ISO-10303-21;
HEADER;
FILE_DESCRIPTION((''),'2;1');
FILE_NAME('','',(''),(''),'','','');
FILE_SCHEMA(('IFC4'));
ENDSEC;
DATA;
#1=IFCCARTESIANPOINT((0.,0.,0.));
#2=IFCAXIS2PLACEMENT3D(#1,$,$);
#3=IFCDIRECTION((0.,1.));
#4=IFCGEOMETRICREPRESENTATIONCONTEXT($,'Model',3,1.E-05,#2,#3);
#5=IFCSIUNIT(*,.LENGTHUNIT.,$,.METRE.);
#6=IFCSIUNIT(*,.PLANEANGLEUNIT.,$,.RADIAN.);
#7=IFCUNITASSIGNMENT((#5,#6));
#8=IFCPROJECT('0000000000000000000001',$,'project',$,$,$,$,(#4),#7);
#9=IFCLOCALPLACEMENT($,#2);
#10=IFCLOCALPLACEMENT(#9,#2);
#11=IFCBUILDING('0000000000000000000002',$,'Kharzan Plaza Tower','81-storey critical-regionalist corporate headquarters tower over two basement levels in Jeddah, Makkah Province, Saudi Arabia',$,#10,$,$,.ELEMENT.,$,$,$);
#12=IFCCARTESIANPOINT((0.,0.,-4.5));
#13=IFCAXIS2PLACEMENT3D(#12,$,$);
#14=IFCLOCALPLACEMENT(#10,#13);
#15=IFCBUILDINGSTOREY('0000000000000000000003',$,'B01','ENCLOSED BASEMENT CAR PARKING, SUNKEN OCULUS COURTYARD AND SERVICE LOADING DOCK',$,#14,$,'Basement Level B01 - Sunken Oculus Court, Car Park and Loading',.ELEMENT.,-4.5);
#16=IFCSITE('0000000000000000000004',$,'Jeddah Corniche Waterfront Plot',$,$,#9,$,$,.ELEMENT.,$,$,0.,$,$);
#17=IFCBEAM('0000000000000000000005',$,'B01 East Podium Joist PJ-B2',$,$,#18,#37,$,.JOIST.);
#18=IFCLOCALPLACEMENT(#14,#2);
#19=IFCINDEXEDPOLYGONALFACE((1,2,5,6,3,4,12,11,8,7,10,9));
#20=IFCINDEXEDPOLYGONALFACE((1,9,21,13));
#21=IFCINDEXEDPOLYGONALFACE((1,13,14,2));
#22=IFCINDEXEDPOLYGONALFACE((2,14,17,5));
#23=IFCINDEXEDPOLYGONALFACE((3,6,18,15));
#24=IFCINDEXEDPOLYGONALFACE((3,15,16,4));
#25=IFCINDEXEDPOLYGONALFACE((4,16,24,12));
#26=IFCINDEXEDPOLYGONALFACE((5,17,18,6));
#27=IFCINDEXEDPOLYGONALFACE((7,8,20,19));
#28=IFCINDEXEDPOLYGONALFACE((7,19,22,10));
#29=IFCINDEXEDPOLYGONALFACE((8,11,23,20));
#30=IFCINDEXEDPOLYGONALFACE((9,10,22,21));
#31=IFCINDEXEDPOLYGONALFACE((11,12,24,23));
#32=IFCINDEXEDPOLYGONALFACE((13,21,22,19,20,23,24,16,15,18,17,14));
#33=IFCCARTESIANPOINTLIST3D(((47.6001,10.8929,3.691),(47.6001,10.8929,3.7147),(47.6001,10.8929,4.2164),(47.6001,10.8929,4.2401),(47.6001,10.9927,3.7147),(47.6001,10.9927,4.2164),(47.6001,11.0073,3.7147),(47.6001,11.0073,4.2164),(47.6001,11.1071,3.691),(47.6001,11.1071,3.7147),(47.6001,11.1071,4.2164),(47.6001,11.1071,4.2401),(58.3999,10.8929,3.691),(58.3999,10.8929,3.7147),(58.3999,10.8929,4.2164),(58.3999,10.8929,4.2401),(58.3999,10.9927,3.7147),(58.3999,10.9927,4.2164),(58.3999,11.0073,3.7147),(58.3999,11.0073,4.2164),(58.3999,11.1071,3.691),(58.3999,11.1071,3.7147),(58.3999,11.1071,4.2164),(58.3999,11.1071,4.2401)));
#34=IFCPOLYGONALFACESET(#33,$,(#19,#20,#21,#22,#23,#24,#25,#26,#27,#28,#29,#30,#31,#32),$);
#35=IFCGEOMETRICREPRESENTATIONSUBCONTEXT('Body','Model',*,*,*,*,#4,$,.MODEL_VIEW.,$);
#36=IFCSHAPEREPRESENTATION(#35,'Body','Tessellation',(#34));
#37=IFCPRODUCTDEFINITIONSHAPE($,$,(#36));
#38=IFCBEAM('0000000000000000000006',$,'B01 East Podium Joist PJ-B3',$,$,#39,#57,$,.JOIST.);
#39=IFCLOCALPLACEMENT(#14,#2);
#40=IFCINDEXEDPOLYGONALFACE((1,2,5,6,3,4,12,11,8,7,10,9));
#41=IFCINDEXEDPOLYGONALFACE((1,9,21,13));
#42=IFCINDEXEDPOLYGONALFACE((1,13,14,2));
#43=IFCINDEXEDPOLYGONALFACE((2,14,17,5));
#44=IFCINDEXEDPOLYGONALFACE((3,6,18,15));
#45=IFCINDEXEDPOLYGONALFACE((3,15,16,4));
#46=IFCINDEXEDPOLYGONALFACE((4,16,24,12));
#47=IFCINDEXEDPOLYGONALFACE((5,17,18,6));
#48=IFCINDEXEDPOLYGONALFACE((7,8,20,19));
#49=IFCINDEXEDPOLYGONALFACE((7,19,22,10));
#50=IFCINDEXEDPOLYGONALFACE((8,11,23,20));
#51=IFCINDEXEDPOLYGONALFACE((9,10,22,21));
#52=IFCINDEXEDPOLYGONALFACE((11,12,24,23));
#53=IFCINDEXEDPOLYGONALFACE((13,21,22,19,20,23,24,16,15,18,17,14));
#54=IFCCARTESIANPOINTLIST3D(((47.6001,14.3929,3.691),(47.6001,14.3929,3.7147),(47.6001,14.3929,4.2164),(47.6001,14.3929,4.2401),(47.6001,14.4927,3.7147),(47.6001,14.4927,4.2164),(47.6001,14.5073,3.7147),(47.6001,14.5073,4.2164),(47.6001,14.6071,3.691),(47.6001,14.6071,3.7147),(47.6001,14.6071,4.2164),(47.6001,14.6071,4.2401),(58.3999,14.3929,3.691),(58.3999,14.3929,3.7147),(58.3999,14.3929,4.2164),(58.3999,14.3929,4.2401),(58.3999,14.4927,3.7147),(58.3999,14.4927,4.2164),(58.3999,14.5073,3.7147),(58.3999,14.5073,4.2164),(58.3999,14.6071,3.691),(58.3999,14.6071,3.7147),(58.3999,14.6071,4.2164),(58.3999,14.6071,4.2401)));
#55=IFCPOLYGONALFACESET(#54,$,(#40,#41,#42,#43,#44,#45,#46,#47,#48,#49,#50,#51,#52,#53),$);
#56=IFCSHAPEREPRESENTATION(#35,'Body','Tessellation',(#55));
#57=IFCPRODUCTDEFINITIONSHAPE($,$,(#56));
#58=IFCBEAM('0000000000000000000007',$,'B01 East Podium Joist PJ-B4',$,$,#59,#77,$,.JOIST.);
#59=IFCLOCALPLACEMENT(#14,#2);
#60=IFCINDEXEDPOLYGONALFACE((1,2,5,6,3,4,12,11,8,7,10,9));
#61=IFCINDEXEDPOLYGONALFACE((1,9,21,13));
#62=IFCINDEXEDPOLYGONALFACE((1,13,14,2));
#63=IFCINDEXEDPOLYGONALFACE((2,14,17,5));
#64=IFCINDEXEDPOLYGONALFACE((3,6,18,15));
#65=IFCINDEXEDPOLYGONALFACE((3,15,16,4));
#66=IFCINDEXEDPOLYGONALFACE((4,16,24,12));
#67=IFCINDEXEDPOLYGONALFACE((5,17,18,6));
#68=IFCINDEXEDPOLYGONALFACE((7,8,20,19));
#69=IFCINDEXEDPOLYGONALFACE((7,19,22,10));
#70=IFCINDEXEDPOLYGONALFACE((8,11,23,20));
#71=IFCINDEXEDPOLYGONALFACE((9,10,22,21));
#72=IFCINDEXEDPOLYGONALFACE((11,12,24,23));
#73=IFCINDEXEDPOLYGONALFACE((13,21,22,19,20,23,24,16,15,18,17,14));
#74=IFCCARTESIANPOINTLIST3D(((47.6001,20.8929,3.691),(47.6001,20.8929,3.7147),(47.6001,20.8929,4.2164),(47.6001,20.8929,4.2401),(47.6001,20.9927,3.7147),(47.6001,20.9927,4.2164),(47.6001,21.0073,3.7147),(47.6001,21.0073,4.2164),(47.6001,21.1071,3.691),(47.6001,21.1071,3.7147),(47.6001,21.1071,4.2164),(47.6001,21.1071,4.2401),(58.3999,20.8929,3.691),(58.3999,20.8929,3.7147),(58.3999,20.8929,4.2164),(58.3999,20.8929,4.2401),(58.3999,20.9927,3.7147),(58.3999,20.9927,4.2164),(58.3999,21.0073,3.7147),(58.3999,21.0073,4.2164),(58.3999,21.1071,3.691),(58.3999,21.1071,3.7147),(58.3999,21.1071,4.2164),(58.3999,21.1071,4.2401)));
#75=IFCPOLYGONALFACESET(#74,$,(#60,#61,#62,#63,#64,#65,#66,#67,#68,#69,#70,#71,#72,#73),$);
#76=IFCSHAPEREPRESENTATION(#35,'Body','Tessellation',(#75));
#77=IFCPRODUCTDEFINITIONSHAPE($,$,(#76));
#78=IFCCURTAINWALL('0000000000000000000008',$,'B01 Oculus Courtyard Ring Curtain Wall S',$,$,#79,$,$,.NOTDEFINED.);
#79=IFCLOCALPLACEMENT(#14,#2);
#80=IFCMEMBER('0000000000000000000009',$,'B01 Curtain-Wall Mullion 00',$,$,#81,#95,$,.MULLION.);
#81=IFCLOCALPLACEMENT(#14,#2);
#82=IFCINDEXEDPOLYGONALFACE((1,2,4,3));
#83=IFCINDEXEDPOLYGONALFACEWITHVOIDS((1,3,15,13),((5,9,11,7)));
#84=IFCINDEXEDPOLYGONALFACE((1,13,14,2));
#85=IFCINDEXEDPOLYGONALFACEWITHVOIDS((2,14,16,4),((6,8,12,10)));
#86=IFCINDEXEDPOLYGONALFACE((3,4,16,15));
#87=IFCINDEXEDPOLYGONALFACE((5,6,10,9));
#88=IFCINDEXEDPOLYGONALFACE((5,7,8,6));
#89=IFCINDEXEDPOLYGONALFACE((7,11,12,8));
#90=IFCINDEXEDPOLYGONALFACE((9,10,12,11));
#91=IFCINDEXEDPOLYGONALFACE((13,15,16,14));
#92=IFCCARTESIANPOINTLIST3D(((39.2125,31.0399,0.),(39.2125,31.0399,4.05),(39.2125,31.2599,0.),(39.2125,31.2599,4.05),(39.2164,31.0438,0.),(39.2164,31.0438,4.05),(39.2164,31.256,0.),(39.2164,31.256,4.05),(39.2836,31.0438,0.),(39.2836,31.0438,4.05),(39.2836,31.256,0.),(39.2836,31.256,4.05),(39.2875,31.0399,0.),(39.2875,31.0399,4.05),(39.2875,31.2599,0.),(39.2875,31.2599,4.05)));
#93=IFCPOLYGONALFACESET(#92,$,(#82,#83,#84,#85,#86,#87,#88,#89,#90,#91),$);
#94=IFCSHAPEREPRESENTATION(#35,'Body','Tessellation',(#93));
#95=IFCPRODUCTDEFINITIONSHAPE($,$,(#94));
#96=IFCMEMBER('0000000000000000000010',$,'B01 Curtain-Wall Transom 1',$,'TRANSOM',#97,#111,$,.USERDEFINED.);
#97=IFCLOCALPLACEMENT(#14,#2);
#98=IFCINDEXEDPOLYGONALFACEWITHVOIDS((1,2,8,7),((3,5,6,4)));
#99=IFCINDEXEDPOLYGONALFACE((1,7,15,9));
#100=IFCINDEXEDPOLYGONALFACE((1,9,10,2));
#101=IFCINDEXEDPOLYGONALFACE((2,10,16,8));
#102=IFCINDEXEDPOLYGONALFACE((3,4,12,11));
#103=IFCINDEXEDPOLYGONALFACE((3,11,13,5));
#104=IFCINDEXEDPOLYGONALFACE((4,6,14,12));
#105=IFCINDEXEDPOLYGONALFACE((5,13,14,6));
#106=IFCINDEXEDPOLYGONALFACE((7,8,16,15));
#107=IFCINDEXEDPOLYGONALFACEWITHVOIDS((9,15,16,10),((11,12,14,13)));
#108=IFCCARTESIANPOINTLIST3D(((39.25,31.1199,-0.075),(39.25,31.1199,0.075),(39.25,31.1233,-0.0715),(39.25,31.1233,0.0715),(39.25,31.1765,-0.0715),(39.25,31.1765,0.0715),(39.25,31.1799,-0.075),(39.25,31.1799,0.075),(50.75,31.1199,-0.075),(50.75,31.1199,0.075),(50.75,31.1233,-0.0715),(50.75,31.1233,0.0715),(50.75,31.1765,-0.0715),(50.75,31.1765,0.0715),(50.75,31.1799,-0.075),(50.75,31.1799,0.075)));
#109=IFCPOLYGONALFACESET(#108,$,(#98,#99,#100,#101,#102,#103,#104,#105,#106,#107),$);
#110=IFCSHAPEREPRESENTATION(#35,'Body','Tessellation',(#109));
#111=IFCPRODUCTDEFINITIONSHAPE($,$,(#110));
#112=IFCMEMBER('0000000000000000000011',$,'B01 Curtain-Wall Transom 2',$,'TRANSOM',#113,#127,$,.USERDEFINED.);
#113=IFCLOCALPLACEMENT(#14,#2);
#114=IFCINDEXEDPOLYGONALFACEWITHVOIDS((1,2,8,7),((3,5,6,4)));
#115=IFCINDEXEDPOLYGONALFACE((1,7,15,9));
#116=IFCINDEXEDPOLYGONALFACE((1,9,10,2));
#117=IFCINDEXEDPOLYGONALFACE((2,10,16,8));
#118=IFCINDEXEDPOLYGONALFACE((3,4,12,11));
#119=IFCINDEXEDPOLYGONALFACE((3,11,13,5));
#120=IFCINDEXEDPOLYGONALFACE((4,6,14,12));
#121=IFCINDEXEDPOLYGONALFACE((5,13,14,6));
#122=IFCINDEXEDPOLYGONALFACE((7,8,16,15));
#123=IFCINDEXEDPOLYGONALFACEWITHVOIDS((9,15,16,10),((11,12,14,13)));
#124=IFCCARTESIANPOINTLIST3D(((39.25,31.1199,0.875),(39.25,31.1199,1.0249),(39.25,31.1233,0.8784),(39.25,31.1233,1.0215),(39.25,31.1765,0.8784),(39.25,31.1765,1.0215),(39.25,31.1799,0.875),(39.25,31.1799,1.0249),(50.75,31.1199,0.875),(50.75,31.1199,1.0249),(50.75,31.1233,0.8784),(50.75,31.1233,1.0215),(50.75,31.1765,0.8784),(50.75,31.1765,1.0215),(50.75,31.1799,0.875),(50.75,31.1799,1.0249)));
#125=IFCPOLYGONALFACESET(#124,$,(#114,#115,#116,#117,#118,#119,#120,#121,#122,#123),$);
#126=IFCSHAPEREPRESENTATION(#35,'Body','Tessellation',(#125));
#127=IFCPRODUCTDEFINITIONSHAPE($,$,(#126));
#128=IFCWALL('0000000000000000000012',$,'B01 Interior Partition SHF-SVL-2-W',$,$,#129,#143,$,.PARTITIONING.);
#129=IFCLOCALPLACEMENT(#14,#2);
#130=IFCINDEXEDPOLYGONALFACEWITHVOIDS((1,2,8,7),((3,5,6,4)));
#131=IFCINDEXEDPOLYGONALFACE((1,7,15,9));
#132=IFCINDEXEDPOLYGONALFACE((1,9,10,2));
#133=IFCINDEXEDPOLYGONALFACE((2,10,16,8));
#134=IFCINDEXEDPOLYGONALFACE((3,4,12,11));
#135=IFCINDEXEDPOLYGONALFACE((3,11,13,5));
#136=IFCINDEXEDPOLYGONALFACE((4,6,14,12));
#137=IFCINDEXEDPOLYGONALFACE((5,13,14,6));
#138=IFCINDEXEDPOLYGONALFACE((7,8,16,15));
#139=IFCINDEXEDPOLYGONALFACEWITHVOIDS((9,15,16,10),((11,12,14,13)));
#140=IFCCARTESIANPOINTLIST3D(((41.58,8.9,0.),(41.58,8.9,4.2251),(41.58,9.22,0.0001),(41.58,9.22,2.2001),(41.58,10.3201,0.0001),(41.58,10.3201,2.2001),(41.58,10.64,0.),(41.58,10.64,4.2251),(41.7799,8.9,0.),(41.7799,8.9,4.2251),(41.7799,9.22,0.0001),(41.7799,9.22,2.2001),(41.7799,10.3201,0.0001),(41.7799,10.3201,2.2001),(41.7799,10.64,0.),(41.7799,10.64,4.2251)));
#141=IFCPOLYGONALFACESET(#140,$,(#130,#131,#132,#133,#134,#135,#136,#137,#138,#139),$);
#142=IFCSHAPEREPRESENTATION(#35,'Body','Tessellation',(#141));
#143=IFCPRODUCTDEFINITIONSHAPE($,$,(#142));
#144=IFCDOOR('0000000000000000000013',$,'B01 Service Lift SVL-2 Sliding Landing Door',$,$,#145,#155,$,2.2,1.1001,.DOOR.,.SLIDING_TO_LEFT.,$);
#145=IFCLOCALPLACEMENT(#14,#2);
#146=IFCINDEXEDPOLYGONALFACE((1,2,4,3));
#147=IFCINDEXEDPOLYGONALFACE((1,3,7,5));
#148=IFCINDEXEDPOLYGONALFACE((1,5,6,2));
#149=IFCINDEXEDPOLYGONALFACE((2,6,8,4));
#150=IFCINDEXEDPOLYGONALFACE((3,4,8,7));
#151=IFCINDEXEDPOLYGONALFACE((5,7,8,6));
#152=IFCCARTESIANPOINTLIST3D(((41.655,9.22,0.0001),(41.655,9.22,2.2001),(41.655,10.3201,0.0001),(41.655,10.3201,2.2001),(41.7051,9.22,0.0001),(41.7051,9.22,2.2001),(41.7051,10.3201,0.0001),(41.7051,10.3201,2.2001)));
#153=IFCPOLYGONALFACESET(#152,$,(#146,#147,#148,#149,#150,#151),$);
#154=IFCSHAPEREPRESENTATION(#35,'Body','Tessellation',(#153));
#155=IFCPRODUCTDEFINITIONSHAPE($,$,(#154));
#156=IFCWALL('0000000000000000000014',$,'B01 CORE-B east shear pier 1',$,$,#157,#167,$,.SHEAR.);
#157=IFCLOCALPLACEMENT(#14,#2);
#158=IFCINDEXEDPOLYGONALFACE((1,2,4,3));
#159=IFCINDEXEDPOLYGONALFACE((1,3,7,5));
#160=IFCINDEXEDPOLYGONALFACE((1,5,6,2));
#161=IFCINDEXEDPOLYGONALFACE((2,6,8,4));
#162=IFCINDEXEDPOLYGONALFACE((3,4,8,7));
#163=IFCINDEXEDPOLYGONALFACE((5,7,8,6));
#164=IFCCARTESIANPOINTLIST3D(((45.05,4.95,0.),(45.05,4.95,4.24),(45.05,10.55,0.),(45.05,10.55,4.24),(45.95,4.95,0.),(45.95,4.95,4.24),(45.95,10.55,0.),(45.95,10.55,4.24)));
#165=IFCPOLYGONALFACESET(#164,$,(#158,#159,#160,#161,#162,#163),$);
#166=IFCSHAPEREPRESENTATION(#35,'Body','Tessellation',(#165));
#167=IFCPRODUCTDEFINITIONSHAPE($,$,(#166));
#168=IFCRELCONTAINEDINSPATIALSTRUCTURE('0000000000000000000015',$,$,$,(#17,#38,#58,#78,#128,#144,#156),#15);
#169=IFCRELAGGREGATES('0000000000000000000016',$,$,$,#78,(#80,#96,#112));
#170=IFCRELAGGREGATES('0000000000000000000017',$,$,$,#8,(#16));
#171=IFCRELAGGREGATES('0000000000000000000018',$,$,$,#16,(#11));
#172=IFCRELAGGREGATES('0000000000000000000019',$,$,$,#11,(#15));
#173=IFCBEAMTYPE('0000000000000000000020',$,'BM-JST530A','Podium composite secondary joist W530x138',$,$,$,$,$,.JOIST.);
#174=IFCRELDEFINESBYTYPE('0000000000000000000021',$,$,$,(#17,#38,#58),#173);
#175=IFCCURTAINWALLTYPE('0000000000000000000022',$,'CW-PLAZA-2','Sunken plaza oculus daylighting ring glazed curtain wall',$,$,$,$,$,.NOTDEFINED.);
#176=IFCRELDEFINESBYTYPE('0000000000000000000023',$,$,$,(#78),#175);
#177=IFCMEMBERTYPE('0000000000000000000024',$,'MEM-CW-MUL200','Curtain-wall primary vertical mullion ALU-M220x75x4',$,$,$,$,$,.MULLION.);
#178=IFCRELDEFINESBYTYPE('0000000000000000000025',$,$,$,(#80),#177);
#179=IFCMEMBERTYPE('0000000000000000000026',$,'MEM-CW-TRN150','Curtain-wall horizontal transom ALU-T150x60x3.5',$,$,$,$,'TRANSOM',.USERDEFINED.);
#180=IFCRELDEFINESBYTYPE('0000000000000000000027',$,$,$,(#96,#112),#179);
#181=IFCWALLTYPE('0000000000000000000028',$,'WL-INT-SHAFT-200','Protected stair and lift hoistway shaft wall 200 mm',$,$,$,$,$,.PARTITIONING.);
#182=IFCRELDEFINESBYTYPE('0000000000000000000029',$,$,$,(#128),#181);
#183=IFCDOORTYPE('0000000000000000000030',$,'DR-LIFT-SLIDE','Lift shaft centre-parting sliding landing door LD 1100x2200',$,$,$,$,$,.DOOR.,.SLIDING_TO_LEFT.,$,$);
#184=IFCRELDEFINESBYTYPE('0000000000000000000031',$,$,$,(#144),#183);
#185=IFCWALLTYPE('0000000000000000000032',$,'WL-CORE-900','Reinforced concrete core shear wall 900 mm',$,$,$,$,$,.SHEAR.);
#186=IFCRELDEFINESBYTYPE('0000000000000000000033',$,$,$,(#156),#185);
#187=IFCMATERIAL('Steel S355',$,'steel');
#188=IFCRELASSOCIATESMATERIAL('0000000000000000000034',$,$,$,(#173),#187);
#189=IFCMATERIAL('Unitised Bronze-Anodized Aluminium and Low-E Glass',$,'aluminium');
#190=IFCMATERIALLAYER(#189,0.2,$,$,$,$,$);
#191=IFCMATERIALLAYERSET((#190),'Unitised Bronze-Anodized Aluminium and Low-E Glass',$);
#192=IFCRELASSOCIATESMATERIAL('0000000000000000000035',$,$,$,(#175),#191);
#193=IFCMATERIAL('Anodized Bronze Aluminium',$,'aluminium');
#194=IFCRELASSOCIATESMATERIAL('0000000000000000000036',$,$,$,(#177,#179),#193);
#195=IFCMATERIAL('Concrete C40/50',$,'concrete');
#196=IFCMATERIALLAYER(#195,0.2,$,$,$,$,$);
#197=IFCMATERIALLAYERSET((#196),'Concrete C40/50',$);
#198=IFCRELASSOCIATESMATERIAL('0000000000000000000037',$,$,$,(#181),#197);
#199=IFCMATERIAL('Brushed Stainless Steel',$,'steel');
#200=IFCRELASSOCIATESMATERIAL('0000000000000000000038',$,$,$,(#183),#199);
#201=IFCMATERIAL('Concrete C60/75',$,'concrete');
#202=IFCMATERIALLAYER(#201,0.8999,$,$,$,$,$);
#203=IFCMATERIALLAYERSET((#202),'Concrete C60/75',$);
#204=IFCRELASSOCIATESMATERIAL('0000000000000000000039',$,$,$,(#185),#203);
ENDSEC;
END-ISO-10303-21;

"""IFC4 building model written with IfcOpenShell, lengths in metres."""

from ifc_helpers import new_model, si_unit, direction, frame, frame_2d, origin, origin_2d, place, context, subcontext, project, spatial, rectangle, hollow_rectangle, i_section, extrude, source, transform, mapped, material, layer, layer_set, material_profile, profile_set, type_object, element, fill, aggregate, save


model = new_model("IFC4")

# Units and contexts
model_context = context("Model", 3, precision=1e-05, world=origin(), true_north=direction((0.0, 1.0)))
body_context = subcontext(model_context, "Body", "Model", "MODEL_VIEW")
ifc_project = project(units=[si_unit("LENGTHUNIT", "METRE"), si_unit("PLANEANGLEUNIT", "RADIAN")], contexts=[model_context])

# Site, building, storey
site_placement = place(None, origin())
site = spatial("IfcSite", under=ifc_project, at=site_placement, Name="Jeddah Corniche Waterfront Plot", CompositionType="ELEMENT", RefElevation=0.0)
building_placement = place(site_placement, origin())
building = spatial("IfcBuilding", under=site, at=building_placement, Name="Kharzan Plaza Tower", Description="81-storey critical-regionalist corporate headquarters tower over two basement levels in Jeddah, Makkah Province, Saudi Arabia", CompositionType="ELEMENT")
storey_placement = place(building_placement, frame((0.0, 0.0, -4.5)))
storey = spatial("IfcBuildingStorey", under=building, at=storey_placement, Name="B01", Description="ENCLOSED BASEMENT CAR PARKING, SUNKEN OCULUS COURTYARD AND SERVICE LOADING DOCK", LongName="Basement Level B01 - Sunken Oculus Court, Car Park and Loading", CompositionType="ELEMENT", Elevation=-4.5)

# Shared definitions
ifc_material_1 = material(Name="Concrete C60/75", Category="concrete")

# Beams
ifc_material_2 = material(Name="Steel S355", Category="steel")
ifc_material_profile_1 = material_profile(ifc_material_2, i_section(OverallWidth=0.2141, OverallDepth=0.5491, WebThickness=0.0146, FlangeThickness=0.0237, at=origin_2d()), Name="W530x138")
ifc_profile_set_1 = profile_set([ifc_material_profile_1], Name="Steel S355")
beam_type_1 = type_object("IfcBeamType", Name="BM-JST530A", Description="Podium composite secondary joist W530x138", PredefinedType="JOIST", material=ifc_profile_set_1)
shared_shape_1 = source(origin(), body_context, "Body", "SweptSolid", [
    extrude(i_section(OverallWidth=0.2141, OverallDepth=0.5491, WebThickness=0.0146, FlangeThickness=0.0237, at=origin_2d()), origin(), (0.0, 0.0, 1.0), 10.7998),
])
for number, where, z_axis, x_axis, name in (
    (1, (47.6001, 11.0, 3.9656), (1.0, 0.0, 0.0), (0.0, 1.0, 0.0), "B01 East Podium Joist PJ-B2"),
    (2, (47.6001, 14.5, 3.9656), (1.0, 0.0, 0.0), (0.0, 1.0, 0.0), "B01 East Podium Joist PJ-B3"),
    (3, (47.6001, 21.0, 3.9656), (1.0, 0.0, 0.0), (0.0, 1.0, 0.0), "B01 East Podium Joist PJ-B4"),
):
    element("IfcBeam", number, at=place(storey_placement, frame(where, z_axis=z_axis, x_axis=x_axis)), inside=storey, type_object=beam_type_1, Name=name, PredefinedType="JOIST", context=body_context, shape_type="MappedRepresentation", body=[
        mapped(shared_shape_1, transform((0.0, 0.0, 0.0), x_axis=(1.0, 0.0, 0.0), y_axis=(0.0, 1.0, 0.0), z_axis=(0.0, 0.0, 1.0))),
    ])

# Curtain wall, members
ifc_material_3 = material(Name="Unitised Bronze-Anodized Aluminium and Low-E Glass", Category="aluminium")
ifc_layer_1 = layer(ifc_material_3, 0.2)
ifc_layer_set_1 = layer_set([ifc_layer_1], Name="Unitised Bronze-Anodized Aluminium and Low-E Glass")
curtain_wall_type = type_object("IfcCurtainWallType", Name="CW-PLAZA-2", Description="Sunken plaza oculus daylighting ring glazed curtain wall", PredefinedType="NOTDEFINED", material=ifc_layer_set_1)
curtain_wall_placement = place(storey_placement, origin())
curtain_wall = element("IfcCurtainWall", 4, at=curtain_wall_placement, inside=storey, type_object=curtain_wall_type, Name="B01 Oculus Courtyard Ring Curtain Wall S", PredefinedType="NOTDEFINED")
ifc_material_4 = material(Name="Anodized Bronze Aluminium", Category="aluminium")
ifc_material_profile_2 = material_profile(ifc_material_4, hollow_rectangle(XDim=0.075, YDim=0.22, WallThickness=0.0039, at=origin_2d()), Name="ALU-M220x75x4")
ifc_profile_set_2 = profile_set([ifc_material_profile_2], Name="Anodized Bronze Aluminium")
member_type_1 = type_object("IfcMemberType", Name="MEM-CW-MUL200", Description="Curtain-wall primary vertical mullion ALU-M220x75x4", PredefinedType="MULLION", material=ifc_profile_set_2)
shared_shape_2 = source(origin(), body_context, "Body", "SweptSolid", [
    extrude(hollow_rectangle(XDim=0.075, YDim=0.22, WallThickness=0.0039, at=origin_2d()), origin(), (0.0, 0.0, 1.0), 4.05),
])
member_1_placement = place(storey_placement, frame((39.25, 31.1499, 0.0), z_axis=(0.0, 0.0, 1.0), x_axis=(1.0, 0.0, 0.0)))
member_1 = element("IfcMember", 5, at=member_1_placement, type_object=member_type_1, Name="B01 Curtain-Wall Mullion 00", PredefinedType="MULLION", context=body_context, shape_type="MappedRepresentation", body=[
    mapped(shared_shape_2, transform((0.0, 0.0, 0.0), x_axis=(1.0, 0.0, 0.0), y_axis=(0.0, 1.0, 0.0), z_axis=(0.0, 0.0, 1.0))),
])
ifc_material_profile_3 = material_profile(ifc_material_4, hollow_rectangle(XDim=0.0601, YDim=0.1499, WallThickness=0.0034, at=origin_2d()), Name="ALU-T150x60x3.5")
ifc_profile_set_3 = profile_set([ifc_material_profile_3], Name="Anodized Bronze Aluminium")
member_type_2 = type_object("IfcMemberType", Name="MEM-CW-TRN150", Description="Curtain-wall horizontal transom ALU-T150x60x3.5", ElementType="TRANSOM", PredefinedType="USERDEFINED", material=ifc_profile_set_3)
shared_shape_3 = source(origin(), body_context, "Body", "SweptSolid", [
    extrude(hollow_rectangle(XDim=0.0601, YDim=0.1499, WallThickness=0.0034, at=origin_2d()), origin(), (0.0, 0.0, 1.0), 11.5),
])
member_2_placement = place(storey_placement, frame((39.25, 31.1499, 0.0), z_axis=(1.0, 0.0, 0.0), x_axis=(0.0, 1.0, 0.0)))
member_2 = element("IfcMember", 6, at=member_2_placement, type_object=member_type_2, Name="B01 Curtain-Wall Transom 1", ObjectType="TRANSOM", PredefinedType="USERDEFINED", context=body_context, shape_type="MappedRepresentation", body=[
    mapped(shared_shape_3, transform((0.0, 0.0, 0.0), x_axis=(1.0, 0.0, 0.0), y_axis=(0.0, 1.0, 0.0), z_axis=(0.0, 0.0, 1.0))),
])
member_3_placement = place(storey_placement, frame((39.25, 31.1499, 0.95), z_axis=(1.0, 0.0, 0.0), x_axis=(0.0, 1.0, 0.0)))
member_3 = element("IfcMember", 7, at=member_3_placement, type_object=member_type_2, Name="B01 Curtain-Wall Transom 2", ObjectType="TRANSOM", PredefinedType="USERDEFINED", context=body_context, shape_type="MappedRepresentation", body=[
    mapped(shared_shape_3, transform((0.0, 0.0, 0.0), x_axis=(1.0, 0.0, 0.0), y_axis=(0.0, 1.0, 0.0), z_axis=(0.0, 0.0, 1.0))),
])
aggregate(curtain_wall, [member_1, member_2, member_3])

# Wall, opening, door
ifc_material_5 = material(Name="Concrete C40/50", Category="concrete")
ifc_layer_2 = layer(ifc_material_5, 0.2)
ifc_layer_set_2 = layer_set([ifc_layer_2], Name="Concrete C40/50")
wall_type_1 = type_object("IfcWallType", Name="WL-INT-SHAFT-200", Description="Protected stair and lift hoistway shaft wall 200 mm", PredefinedType="PARTITIONING", material=ifc_layer_set_2)
wall_1_placement = place(storey_placement, frame((41.6799, 8.8999, 0.0), z_axis=(0.0, 0.0, 1.0), x_axis=(0.0, 1.0, 0.0)))
wall_1 = element("IfcWall", 8, at=wall_1_placement, inside=storey, type_object=wall_type_1, Name="B01 Interior Partition SHF-SVL-2-W", PredefinedType="PARTITIONING", context=body_context, shape_type="SweptSolid", body=[
    extrude(rectangle(XDim=1.74, YDim=0.2, at=frame_2d((0.8701, 0.0))), origin(), (0.0, 0.0, 1.0), 4.2251),
])
opening_placement = place(wall_1_placement, frame((0.3201, 0.0, 0.0)))
opening = element("IfcOpeningElement", 9, at=opening_placement, cuts=wall_1, PredefinedType="OPENING", context=body_context, shape_type="SweptSolid", body=[
    extrude(rectangle(XDim=1.1001, YDim=2.2, at=frame_2d((0.55, 1.1001))), frame((0.0, 0.1099, 0.0), z_axis=(0.0, -1.0, 0.0), x_axis=(1.0, 0.0, 0.0)), (0.0, 0.0, 1.0), 0.22),
])
ifc_material_6 = material(Name="Brushed Stainless Steel", Category="steel")
door_type = type_object("IfcDoorType", Name="DR-LIFT-SLIDE", Description="Lift shaft centre-parting sliding landing door LD 1100x2200", OperationType="SLIDING_TO_LEFT", PredefinedType="DOOR", material=ifc_material_6)
shared_shape_4 = source(origin(), body_context, "Body", "SweptSolid", [
    extrude(rectangle(XDim=1.1001, YDim=2.2, at=frame_2d((0.55, 1.1001))), frame((0.0, 0.0249, 0.0), z_axis=(0.0, -1.0, 0.0), x_axis=(1.0, 0.0, 0.0)), (0.0, 0.0, 1.0), 0.05),
])
door_placement = place(opening_placement, origin())
door = element("IfcDoor", 10, at=door_placement, inside=storey, type_object=door_type, Name="B01 Service Lift SVL-2 Sliding Landing Door", OperationType="SLIDING_TO_LEFT", OverallHeight=2.2, OverallWidth=1.1001, PredefinedType="DOOR", context=body_context, shape_type="MappedRepresentation", body=[
    mapped(shared_shape_4, transform((0.0, 0.0, 0.0), x_axis=(1.0, 0.0, 0.0), y_axis=(0.0, 1.0, 0.0), z_axis=(0.0, 0.0, 1.0))),
])
fill(opening, door)

# Wall
ifc_layer_3 = layer(ifc_material_1, 0.8999)
ifc_layer_set_3 = layer_set([ifc_layer_3], Name="Concrete C60/75")
wall_type_2 = type_object("IfcWallType", Name="WL-CORE-900", Description="Reinforced concrete core shear wall 900 mm", PredefinedType="SHEAR", material=ifc_layer_set_3)
shared_shape_5 = source(origin(), body_context, "Body", "SweptSolid", [
    extrude(rectangle(XDim=5.6001, YDim=0.8999, at=frame_2d((2.8, 0.0))), origin(), (0.0, 0.0, 1.0), 4.24),
])
wall_2_placement = place(storey_placement, frame((45.5, 4.95, 0.0), z_axis=(0.0, 0.0, 1.0), x_axis=(0.0, 1.0, 0.0)))
element("IfcWall", 11, at=wall_2_placement, inside=storey, type_object=wall_type_2, Name="B01 CORE-B east shear pier 1", PredefinedType="SHEAR", context=body_context, shape_type="MappedRepresentation", body=[
    mapped(shared_shape_5, transform((0.0, 0.0, 0.0), x_axis=(1.0, 0.0, 0.0), y_axis=(0.0, 1.0, 0.0), z_axis=(0.0, 0.0, 1.0))),
])

save(model, "model.ifc")
